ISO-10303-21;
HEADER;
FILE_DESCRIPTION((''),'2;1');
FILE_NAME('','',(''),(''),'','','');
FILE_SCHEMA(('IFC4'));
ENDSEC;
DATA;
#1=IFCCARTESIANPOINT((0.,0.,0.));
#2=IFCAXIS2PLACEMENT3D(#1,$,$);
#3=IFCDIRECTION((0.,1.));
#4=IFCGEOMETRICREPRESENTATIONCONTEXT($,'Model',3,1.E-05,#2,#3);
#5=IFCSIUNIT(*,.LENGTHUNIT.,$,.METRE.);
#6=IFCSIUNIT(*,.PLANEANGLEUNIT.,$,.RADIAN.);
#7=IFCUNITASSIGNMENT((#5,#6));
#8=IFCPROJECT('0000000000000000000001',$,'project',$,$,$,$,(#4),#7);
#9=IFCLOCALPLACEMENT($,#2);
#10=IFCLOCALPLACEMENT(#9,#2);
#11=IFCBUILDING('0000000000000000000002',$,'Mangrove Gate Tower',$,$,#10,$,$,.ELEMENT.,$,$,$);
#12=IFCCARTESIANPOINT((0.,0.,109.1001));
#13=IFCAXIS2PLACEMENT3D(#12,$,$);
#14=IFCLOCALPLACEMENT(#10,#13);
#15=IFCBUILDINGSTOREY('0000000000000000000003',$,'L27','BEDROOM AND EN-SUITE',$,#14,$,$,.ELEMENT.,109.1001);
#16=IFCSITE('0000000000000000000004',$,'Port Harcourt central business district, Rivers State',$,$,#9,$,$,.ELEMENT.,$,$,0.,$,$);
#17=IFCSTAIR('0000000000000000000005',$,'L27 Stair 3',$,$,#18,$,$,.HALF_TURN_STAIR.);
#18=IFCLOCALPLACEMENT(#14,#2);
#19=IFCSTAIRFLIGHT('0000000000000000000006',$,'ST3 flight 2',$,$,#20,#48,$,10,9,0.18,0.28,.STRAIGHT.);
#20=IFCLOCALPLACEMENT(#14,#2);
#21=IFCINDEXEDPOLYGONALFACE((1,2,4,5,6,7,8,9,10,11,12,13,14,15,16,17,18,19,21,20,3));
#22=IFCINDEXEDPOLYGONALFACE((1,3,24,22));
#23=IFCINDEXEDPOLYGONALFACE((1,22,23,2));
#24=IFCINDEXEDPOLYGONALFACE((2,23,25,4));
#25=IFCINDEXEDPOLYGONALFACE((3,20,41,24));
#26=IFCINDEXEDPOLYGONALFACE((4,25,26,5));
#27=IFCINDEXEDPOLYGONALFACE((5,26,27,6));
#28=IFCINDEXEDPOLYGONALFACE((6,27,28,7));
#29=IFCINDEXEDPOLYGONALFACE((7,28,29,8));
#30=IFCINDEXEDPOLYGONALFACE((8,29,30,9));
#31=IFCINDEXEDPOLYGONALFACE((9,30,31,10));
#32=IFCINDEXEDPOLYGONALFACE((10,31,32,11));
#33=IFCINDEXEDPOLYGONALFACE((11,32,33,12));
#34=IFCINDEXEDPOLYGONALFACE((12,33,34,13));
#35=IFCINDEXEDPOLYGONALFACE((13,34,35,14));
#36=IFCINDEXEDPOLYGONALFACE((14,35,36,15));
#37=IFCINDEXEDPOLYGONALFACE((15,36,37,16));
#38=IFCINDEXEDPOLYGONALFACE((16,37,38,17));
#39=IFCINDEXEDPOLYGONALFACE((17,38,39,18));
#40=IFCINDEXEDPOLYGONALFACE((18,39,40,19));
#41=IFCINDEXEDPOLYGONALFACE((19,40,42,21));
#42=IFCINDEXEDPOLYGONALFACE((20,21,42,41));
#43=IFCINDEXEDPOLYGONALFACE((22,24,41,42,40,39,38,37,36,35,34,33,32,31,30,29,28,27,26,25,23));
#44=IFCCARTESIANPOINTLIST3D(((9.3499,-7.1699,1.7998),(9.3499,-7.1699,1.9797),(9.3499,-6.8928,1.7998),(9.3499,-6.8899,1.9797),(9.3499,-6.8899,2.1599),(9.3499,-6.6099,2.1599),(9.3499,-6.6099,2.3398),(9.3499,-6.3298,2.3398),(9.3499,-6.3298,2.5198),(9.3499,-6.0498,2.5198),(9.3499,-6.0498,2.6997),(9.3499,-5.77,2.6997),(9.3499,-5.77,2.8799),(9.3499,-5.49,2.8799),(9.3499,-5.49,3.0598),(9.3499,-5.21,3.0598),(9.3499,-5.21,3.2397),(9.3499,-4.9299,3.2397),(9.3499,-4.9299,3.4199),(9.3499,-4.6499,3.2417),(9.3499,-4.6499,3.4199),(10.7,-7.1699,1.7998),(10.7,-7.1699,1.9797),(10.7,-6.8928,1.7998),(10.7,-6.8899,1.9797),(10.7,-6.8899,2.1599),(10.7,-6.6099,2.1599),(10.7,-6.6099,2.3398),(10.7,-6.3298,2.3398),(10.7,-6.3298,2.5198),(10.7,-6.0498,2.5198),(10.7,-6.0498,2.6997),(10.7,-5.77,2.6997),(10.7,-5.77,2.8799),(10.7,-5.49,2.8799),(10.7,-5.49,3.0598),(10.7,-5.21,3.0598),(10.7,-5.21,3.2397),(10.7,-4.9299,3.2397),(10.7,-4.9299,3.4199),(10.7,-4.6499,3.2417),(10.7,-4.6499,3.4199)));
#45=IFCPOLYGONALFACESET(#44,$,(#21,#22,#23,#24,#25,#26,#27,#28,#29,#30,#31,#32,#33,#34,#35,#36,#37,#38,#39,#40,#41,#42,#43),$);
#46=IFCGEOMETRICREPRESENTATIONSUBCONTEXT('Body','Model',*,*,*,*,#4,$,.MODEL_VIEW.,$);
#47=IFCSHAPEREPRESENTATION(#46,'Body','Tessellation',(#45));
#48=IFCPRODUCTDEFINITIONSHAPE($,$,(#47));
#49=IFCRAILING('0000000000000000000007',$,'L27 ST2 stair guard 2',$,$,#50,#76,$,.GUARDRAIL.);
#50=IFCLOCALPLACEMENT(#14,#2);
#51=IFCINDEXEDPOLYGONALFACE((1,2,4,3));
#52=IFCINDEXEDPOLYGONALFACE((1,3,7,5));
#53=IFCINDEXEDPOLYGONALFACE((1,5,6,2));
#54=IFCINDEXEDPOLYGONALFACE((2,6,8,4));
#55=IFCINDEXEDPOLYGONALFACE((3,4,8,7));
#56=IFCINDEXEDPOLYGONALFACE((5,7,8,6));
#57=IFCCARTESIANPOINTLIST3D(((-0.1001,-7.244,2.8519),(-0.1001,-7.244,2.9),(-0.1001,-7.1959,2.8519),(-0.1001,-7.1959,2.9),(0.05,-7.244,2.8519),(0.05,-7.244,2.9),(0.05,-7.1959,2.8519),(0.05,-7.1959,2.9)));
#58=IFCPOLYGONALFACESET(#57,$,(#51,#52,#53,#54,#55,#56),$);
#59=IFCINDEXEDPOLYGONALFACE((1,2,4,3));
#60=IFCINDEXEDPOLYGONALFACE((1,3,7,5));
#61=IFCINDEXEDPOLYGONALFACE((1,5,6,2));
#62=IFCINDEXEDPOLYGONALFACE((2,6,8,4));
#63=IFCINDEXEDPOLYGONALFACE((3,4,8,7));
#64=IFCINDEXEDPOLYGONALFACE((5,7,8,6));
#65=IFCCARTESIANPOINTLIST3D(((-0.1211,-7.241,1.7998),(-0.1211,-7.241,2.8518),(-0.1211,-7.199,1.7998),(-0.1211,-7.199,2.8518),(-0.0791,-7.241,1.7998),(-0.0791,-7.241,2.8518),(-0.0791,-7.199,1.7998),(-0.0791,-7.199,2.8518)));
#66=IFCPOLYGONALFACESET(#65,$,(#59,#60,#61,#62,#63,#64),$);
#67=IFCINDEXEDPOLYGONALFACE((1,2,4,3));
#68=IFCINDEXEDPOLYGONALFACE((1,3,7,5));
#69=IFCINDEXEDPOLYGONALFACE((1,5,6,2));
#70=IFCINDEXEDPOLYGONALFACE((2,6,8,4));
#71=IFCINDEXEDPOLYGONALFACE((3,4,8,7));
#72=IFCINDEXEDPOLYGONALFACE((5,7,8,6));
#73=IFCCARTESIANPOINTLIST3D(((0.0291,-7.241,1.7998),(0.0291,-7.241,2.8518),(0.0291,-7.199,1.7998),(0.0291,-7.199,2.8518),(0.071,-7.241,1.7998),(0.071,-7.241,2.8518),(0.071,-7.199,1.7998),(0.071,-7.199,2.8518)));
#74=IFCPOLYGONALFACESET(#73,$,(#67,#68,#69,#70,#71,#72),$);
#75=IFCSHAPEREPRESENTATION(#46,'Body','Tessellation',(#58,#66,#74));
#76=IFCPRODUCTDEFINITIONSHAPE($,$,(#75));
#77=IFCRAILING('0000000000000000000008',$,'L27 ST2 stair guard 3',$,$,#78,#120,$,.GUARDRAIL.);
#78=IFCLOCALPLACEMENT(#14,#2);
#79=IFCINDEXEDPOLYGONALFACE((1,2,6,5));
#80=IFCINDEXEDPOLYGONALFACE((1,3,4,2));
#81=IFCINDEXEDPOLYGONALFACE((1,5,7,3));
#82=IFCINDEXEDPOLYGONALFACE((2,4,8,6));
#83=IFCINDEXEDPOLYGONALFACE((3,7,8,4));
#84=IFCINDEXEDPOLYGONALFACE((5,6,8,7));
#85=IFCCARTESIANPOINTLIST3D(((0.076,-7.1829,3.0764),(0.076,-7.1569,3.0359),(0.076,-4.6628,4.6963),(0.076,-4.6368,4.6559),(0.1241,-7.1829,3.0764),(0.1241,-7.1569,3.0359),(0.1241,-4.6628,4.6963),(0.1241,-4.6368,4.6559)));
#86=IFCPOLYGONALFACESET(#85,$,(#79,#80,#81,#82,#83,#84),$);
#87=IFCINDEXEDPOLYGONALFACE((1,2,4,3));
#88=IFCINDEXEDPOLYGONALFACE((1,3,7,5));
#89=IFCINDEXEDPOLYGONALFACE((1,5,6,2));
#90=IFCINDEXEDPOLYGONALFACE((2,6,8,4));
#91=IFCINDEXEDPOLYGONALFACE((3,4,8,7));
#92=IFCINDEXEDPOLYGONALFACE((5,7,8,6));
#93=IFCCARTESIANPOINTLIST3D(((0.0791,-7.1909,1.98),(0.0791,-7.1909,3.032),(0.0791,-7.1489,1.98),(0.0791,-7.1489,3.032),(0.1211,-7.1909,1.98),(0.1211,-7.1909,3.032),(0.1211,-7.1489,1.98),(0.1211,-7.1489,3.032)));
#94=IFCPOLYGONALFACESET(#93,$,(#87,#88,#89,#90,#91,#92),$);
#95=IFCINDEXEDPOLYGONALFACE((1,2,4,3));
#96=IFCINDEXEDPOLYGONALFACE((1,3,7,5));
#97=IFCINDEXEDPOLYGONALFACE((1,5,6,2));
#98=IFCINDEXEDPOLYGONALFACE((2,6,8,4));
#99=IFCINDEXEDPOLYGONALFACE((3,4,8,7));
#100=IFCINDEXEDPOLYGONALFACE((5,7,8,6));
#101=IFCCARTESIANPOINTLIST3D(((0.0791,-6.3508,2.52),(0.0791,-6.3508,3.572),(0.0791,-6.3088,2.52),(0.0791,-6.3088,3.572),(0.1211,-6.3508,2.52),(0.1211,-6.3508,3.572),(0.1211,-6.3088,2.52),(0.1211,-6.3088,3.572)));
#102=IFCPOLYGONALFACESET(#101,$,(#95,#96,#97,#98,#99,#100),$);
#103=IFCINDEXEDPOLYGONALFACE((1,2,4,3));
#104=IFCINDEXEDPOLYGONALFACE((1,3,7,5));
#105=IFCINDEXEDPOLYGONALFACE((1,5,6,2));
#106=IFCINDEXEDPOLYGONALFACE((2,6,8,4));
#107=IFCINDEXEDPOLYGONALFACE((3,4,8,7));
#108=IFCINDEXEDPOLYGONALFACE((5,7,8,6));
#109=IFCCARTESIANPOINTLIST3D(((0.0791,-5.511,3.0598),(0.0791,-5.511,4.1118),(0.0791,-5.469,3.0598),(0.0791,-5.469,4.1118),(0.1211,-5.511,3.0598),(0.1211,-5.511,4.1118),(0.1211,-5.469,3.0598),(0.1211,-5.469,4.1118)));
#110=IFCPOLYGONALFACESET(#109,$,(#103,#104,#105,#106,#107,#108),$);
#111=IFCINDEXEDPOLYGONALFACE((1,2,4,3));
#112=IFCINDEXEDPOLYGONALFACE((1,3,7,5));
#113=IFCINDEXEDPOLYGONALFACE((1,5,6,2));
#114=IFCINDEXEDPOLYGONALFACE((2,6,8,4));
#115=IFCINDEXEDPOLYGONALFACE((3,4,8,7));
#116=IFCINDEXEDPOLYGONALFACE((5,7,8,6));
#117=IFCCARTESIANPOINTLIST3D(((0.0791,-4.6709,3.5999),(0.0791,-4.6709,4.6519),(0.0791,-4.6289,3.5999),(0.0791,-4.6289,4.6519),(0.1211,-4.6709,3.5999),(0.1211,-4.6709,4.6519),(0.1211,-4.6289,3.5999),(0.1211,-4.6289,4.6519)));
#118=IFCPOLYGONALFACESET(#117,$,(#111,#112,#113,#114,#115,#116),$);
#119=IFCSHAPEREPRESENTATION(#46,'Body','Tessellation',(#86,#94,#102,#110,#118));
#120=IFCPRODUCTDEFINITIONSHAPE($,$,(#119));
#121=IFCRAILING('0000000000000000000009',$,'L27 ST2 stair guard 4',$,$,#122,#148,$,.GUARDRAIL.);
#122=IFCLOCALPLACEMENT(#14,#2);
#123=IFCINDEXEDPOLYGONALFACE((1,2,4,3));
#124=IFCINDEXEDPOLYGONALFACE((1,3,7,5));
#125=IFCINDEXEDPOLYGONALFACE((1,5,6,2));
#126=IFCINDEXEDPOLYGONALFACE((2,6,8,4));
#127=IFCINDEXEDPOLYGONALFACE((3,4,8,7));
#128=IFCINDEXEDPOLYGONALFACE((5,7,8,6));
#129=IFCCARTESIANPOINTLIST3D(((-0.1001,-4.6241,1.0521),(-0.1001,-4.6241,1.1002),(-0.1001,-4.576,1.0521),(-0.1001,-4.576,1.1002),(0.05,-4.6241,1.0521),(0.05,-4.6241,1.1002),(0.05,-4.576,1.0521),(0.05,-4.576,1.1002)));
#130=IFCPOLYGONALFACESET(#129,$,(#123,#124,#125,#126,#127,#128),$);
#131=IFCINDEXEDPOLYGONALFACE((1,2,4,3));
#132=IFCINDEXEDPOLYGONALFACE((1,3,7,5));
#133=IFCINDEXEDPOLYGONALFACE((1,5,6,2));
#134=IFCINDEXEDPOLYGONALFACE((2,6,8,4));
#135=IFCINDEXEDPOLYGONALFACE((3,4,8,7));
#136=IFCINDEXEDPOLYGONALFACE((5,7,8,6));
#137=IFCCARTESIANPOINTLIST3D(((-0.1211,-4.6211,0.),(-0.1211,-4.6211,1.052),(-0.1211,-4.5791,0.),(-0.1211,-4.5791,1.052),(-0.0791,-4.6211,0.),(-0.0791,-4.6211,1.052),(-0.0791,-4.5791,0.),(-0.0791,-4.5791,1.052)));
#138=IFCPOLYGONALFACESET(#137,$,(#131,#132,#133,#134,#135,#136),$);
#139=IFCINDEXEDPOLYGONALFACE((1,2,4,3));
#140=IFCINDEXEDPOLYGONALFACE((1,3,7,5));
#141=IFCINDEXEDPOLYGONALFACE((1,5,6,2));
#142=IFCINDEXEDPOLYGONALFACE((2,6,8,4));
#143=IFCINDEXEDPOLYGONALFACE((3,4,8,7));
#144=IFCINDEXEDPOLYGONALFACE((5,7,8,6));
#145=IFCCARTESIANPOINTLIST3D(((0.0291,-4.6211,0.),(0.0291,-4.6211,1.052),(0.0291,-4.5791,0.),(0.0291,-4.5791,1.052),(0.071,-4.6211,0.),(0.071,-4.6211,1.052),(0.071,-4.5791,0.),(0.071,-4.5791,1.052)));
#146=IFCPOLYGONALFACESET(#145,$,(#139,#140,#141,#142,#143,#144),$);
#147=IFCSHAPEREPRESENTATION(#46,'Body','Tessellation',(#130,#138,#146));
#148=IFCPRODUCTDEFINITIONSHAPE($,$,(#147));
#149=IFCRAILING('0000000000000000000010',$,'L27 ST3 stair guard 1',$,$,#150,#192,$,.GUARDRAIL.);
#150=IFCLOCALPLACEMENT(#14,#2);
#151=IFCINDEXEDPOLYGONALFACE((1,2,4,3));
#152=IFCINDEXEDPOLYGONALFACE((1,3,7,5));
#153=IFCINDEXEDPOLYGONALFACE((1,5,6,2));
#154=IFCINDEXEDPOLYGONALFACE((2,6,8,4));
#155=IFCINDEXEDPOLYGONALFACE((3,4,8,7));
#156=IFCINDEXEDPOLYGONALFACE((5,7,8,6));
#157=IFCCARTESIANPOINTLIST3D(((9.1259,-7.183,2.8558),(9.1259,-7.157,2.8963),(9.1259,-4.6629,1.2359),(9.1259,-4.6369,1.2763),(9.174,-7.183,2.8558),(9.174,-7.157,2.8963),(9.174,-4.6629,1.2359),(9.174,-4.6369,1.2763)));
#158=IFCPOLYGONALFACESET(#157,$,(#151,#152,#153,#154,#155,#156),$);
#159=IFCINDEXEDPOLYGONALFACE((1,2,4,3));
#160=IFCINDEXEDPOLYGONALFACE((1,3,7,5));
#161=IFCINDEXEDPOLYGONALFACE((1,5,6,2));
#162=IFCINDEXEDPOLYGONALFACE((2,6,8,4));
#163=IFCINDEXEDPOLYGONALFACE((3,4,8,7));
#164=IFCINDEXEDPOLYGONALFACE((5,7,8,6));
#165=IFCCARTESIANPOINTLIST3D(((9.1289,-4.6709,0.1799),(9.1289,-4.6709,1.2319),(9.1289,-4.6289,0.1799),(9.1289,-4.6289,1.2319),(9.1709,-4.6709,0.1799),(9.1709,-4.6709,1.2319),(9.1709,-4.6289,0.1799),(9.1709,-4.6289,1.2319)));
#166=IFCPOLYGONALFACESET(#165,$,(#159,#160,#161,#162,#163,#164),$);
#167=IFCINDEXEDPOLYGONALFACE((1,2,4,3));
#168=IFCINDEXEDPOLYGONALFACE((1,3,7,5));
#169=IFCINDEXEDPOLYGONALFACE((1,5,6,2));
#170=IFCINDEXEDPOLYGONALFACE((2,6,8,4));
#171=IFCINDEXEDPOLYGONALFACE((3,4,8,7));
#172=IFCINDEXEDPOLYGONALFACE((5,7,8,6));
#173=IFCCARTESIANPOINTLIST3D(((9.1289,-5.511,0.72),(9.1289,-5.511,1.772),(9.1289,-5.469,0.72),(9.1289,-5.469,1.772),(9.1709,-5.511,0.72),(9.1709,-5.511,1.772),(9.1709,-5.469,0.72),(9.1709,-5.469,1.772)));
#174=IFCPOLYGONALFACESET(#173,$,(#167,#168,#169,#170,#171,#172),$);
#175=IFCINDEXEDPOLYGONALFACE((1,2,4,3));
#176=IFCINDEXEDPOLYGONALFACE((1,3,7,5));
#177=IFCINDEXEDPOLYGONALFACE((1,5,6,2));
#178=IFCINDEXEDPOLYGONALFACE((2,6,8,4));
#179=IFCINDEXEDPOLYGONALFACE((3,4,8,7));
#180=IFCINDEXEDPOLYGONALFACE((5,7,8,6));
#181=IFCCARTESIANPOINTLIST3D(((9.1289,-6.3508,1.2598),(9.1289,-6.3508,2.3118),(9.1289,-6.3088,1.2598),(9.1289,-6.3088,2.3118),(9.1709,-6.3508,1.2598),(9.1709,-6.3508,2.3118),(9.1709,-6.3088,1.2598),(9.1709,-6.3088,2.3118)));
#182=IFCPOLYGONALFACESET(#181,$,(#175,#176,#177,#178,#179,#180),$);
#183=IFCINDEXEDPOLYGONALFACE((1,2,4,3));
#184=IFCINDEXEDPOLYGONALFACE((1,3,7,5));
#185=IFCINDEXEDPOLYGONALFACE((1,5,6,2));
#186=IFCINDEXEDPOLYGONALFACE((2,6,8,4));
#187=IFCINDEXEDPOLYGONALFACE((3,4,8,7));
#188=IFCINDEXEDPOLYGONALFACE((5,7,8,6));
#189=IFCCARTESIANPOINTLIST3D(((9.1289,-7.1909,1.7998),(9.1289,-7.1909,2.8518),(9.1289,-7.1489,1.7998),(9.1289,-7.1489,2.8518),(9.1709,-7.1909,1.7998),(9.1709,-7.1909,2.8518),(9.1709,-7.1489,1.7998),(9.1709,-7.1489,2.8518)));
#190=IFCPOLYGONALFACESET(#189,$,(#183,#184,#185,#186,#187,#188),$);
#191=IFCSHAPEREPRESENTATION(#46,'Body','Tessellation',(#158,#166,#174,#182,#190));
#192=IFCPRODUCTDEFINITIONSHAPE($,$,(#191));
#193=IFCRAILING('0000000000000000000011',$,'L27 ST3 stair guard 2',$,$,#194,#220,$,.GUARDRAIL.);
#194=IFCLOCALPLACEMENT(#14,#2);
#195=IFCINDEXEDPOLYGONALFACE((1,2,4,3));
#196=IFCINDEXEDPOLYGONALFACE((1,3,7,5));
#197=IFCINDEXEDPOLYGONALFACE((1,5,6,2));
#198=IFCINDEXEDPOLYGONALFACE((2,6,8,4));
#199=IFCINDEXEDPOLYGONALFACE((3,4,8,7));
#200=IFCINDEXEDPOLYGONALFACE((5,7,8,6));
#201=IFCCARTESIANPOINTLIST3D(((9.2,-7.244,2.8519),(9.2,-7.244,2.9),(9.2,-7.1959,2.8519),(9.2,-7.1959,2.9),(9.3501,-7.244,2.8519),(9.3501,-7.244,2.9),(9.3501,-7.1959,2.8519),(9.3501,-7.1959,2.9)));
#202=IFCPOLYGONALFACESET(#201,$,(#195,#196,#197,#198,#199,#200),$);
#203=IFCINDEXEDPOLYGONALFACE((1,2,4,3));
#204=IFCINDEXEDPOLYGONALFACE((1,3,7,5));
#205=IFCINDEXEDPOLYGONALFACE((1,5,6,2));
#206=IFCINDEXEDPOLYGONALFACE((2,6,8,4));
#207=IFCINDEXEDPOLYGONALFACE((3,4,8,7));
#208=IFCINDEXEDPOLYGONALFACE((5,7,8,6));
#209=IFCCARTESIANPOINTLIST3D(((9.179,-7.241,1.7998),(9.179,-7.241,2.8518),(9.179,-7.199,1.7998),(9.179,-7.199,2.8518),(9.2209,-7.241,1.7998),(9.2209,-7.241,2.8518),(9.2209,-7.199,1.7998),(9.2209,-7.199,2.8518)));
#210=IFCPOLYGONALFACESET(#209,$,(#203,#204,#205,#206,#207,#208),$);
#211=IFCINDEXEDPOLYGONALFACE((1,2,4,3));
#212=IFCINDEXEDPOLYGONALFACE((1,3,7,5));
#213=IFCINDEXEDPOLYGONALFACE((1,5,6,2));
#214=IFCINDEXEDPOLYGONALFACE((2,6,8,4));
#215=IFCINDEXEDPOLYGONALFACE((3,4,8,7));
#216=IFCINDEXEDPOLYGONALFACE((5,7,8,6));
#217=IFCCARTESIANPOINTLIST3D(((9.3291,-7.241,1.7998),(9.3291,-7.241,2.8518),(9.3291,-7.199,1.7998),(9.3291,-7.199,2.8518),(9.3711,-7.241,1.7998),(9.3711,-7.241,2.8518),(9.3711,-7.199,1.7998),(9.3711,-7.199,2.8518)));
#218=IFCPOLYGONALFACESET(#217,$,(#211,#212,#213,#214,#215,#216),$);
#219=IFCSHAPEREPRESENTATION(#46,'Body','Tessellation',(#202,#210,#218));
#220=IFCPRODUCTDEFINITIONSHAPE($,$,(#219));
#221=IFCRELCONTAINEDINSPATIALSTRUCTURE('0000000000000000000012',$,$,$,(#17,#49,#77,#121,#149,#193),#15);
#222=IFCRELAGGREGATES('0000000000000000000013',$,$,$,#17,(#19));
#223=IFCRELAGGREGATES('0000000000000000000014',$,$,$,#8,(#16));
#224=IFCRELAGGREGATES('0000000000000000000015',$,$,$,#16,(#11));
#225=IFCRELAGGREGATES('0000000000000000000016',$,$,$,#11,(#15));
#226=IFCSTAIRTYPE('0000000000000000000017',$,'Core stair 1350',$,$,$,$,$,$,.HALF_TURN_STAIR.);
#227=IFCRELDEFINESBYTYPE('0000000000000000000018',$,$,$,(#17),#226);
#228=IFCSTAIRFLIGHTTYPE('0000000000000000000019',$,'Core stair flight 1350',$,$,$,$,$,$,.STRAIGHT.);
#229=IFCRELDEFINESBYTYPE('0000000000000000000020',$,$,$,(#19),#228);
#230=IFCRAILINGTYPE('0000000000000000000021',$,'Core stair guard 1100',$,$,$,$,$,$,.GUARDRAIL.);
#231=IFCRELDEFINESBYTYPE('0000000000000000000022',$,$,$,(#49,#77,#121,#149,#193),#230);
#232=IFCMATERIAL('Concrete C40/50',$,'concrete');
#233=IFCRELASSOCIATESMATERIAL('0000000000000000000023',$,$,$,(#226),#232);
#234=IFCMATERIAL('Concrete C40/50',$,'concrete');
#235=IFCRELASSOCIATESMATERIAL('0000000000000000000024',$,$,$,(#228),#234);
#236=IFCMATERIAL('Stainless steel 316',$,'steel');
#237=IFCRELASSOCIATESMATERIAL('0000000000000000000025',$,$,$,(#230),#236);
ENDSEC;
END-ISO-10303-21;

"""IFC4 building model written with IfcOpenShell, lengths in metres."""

from ifc_helpers import new_model, si_unit, direction, frame, origin, origin_2d, place, context, subcontext, project, spatial, polyline, rectangle, outline, extrude, material, type_object, element, aggregate, save


model = new_model("IFC4")

# Units and contexts
model_context = context("Model", 3, precision=1e-05, world=origin(), true_north=direction((0.0, 1.0)))
body_context = subcontext(model_context, "Body", "Model", "MODEL_VIEW")
ifc_project = project(units=[si_unit("LENGTHUNIT", "METRE"), si_unit("PLANEANGLEUNIT", "RADIAN")], contexts=[model_context])

# Site, building, storey
site_placement = place(None, origin())
site = spatial("IfcSite", under=ifc_project, at=site_placement, Name="Port Harcourt central business district, Rivers State", CompositionType="ELEMENT", RefElevation=0.0)
building_placement = place(site_placement, origin())
building = spatial("IfcBuilding", under=site, at=building_placement, Name="Mangrove Gate Tower", CompositionType="ELEMENT")
storey_placement = place(building_placement, frame((0.0, 0.0, 109.1001)))
storey = spatial("IfcBuildingStorey", under=building, at=storey_placement, Name="L27", Description="BEDROOM AND EN-SUITE", CompositionType="ELEMENT", Elevation=109.1001)

# Shared definitions
ifc_material_1 = material(Name="Concrete C40/50", Category="concrete")
stair_type = type_object("IfcStairType", Name="Core stair 1350", PredefinedType="HALF_TURN_STAIR", material=ifc_material_1)
ifc_material_2 = material(Name="Concrete C40/50", Category="concrete")
stair_flight_type = type_object("IfcStairFlightType", Name="Core stair flight 1350", PredefinedType="STRAIGHT", material=ifc_material_2)

# Stair, stair flight
stair_1_placement = place(storey_placement, origin())
stair_1 = element("IfcStair", 1, at=stair_1_placement, inside=storey, type_object=stair_type, Name="L27 Stair 3", PredefinedType="HALF_TURN_STAIR")
stair_flight_1_placement = place(storey_placement, frame((10.0249, -7.1699, 1.7998), z_axis=(0.0, 0.0, 1.0), x_axis=(0.0, 1.0, 0.0)))
stair_flight_1 = element("IfcStairFlight", 2, at=stair_flight_1_placement, type_object=stair_flight_type, Name="ST3 flight 2", NumberOfRisers=10, NumberOfTreads=9, PredefinedType="STRAIGHT", RiserHeight=0.18, TreadLength=0.28, context=body_context, shape_type="SweptSolid", body=[
    extrude(outline(polyline([(0.0, 0.0), (0.0, 0.1799), (0.28, 0.1799), (0.28, 0.3601), (0.5601, 0.3601), (0.5601, 0.54), (0.8401, 0.54), (0.8401, 0.72), (1.1201, 0.72), (1.1201, 0.8999), (1.3999, 0.8999), (1.3999, 1.0801), (1.6799, 1.0801), (1.6799, 1.26), (1.96, 1.26), (1.96, 1.4399), (2.24, 1.4399), (2.24, 1.6201), (2.52, 1.6201), (2.52, 1.8), (2.52, 1.4419), (0.2771, 0.0), (0.0, 0.0)])), frame((0.0, 0.675, 0.0), z_axis=(0.0, -1.0, 0.0), x_axis=(1.0, 0.0, 0.0)), (0.0, 0.0, 1.0), 1.3501),
])
aggregate(stair_1, [stair_flight_1])

# Railings
ifc_material_3 = material(Name="Stainless steel 316", Category="steel")
railing_type_1 = type_object("IfcRailingType", Name="Core stair guard 1100", PredefinedType="GUARDRAIL", material=ifc_material_3)
railing_1_placement = place(storey_placement, frame((-0.1001, -7.22, 1.7998)))
element("IfcRailing", 3, at=railing_1_placement, inside=storey, type_object=railing_type_1, Name="L27 ST2 stair guard 2", PredefinedType="GUARDRAIL", context=body_context, shape_type="SweptSolid", body=[
    extrude(rectangle(XDim=0.0481, YDim=0.0481, at=origin_2d()), frame((0.0, 0.0, 1.0762), z_axis=(1.0, 0.0, 0.0), x_axis=(0.0, 1.0, 0.0)), (0.0, 0.0, 1.0), 0.1501),
    extrude(rectangle(XDim=0.042, YDim=0.042, at=origin_2d()), origin(), (0.0, 0.0, 1.0), 1.052),
    extrude(rectangle(XDim=0.042, YDim=0.042, at=origin_2d()), frame((0.1501, 0.0, 0.0)), (0.0, 0.0, 1.0), 1.052),
])
railing_2_placement = place(storey_placement, frame((0.1001, -7.1699, 1.98)))
element("IfcRailing", 4, at=railing_2_placement, inside=storey, type_object=railing_type_1, Name="L27 ST2 stair guard 3", PredefinedType="GUARDRAIL", context=body_context, shape_type="SweptSolid", body=[
    extrude(rectangle(XDim=0.0481, YDim=0.0481, at=origin_2d()), frame((0.0, 0.0, 1.0762), z_axis=(0.0, 0.8412, 0.540725), x_axis=(-1.0, 0.0, 0.0)), (0.0, 0.0, 1.0), 2.9958),
    extrude(rectangle(XDim=0.042, YDim=0.042, at=origin_2d()), origin(), (0.0, 0.0, 1.0), 1.052),
    extrude(rectangle(XDim=0.042, YDim=0.042, at=origin_2d()), frame((0.0, 0.8401, 0.54)), (0.0, 0.0, 1.0), 1.052),
    extrude(rectangle(XDim=0.042, YDim=0.042, at=origin_2d()), frame((0.0, 1.6799, 1.0798)), (0.0, 0.0, 1.0), 1.052),
    extrude(rectangle(XDim=0.042, YDim=0.042, at=origin_2d()), frame((0.0, 2.52, 1.6199)), (0.0, 0.0, 1.0), 1.052),
])
railing_3_placement = place(storey_placement, frame((-0.1001, -4.6001, 0.0)))
element("IfcRailing", 5, at=railing_3_placement, inside=storey, type_object=railing_type_1, Name="L27 ST2 stair guard 4", PredefinedType="GUARDRAIL", context=body_context, shape_type="SweptSolid", body=[
    extrude(rectangle(XDim=0.0481, YDim=0.0481, at=origin_2d()), frame((0.0, 0.0, 1.0762), z_axis=(1.0, 0.0, 0.0), x_axis=(0.0, 1.0, 0.0)), (0.0, 0.0, 1.0), 0.1501),
    extrude(rectangle(XDim=0.042, YDim=0.042, at=origin_2d()), origin(), (0.0, 0.0, 1.0), 1.052),
    extrude(rectangle(XDim=0.042, YDim=0.042, at=origin_2d()), frame((0.1501, 0.0, 0.0)), (0.0, 0.0, 1.0), 1.052),
])
railing_4_placement = place(storey_placement, frame((9.1499, -4.6499, 0.1799)))
element("IfcRailing", 6, at=railing_4_placement, inside=storey, type_object=railing_type_1, Name="L27 ST3 stair guard 1", PredefinedType="GUARDRAIL", context=body_context, shape_type="SweptSolid", body=[
    extrude(rectangle(XDim=0.0481, YDim=0.0481, at=origin_2d()), frame((0.0, 0.0, 1.0762), z_axis=(0.0, -0.8412, 0.540725), x_axis=(1.0, 0.0, 0.0)), (0.0, 0.0, 1.0), 2.9958),
    extrude(rectangle(XDim=0.042, YDim=0.042, at=origin_2d()), origin(), (0.0, 0.0, 1.0), 1.052),
    extrude(rectangle(XDim=0.042, YDim=0.042, at=origin_2d()), frame((0.0, -0.8401, 0.54)), (0.0, 0.0, 1.0), 1.052),
    extrude(rectangle(XDim=0.042, YDim=0.042, at=origin_2d()), frame((0.0, -1.6799, 1.0798)), (0.0, 0.0, 1.0), 1.052),
    extrude(rectangle(XDim=0.042, YDim=0.042, at=origin_2d()), frame((0.0, -2.52, 1.6199)), (0.0, 0.0, 1.0), 1.052),
])
railing_5_placement = place(storey_placement, frame((9.2, -7.22, 1.7998)))
element("IfcRailing", 7, at=railing_5_placement, inside=storey, type_object=railing_type_1, Name="L27 ST3 stair guard 2", PredefinedType="GUARDRAIL", context=body_context, shape_type="SweptSolid", body=[
    extrude(rectangle(XDim=0.0481, YDim=0.0481, at=origin_2d()), frame((0.0, 0.0, 1.0762), z_axis=(1.0, 0.0, 0.0), x_axis=(0.0, 1.0, 0.0)), (0.0, 0.0, 1.0), 0.1501),
    extrude(rectangle(XDim=0.042, YDim=0.042, at=origin_2d()), origin(), (0.0, 0.0, 1.0), 1.052),
    extrude(rectangle(XDim=0.042, YDim=0.042, at=origin_2d()), frame((0.1501, 0.0, 0.0)), (0.0, 0.0, 1.0), 1.052),
])

save(model, "model.ifc")
